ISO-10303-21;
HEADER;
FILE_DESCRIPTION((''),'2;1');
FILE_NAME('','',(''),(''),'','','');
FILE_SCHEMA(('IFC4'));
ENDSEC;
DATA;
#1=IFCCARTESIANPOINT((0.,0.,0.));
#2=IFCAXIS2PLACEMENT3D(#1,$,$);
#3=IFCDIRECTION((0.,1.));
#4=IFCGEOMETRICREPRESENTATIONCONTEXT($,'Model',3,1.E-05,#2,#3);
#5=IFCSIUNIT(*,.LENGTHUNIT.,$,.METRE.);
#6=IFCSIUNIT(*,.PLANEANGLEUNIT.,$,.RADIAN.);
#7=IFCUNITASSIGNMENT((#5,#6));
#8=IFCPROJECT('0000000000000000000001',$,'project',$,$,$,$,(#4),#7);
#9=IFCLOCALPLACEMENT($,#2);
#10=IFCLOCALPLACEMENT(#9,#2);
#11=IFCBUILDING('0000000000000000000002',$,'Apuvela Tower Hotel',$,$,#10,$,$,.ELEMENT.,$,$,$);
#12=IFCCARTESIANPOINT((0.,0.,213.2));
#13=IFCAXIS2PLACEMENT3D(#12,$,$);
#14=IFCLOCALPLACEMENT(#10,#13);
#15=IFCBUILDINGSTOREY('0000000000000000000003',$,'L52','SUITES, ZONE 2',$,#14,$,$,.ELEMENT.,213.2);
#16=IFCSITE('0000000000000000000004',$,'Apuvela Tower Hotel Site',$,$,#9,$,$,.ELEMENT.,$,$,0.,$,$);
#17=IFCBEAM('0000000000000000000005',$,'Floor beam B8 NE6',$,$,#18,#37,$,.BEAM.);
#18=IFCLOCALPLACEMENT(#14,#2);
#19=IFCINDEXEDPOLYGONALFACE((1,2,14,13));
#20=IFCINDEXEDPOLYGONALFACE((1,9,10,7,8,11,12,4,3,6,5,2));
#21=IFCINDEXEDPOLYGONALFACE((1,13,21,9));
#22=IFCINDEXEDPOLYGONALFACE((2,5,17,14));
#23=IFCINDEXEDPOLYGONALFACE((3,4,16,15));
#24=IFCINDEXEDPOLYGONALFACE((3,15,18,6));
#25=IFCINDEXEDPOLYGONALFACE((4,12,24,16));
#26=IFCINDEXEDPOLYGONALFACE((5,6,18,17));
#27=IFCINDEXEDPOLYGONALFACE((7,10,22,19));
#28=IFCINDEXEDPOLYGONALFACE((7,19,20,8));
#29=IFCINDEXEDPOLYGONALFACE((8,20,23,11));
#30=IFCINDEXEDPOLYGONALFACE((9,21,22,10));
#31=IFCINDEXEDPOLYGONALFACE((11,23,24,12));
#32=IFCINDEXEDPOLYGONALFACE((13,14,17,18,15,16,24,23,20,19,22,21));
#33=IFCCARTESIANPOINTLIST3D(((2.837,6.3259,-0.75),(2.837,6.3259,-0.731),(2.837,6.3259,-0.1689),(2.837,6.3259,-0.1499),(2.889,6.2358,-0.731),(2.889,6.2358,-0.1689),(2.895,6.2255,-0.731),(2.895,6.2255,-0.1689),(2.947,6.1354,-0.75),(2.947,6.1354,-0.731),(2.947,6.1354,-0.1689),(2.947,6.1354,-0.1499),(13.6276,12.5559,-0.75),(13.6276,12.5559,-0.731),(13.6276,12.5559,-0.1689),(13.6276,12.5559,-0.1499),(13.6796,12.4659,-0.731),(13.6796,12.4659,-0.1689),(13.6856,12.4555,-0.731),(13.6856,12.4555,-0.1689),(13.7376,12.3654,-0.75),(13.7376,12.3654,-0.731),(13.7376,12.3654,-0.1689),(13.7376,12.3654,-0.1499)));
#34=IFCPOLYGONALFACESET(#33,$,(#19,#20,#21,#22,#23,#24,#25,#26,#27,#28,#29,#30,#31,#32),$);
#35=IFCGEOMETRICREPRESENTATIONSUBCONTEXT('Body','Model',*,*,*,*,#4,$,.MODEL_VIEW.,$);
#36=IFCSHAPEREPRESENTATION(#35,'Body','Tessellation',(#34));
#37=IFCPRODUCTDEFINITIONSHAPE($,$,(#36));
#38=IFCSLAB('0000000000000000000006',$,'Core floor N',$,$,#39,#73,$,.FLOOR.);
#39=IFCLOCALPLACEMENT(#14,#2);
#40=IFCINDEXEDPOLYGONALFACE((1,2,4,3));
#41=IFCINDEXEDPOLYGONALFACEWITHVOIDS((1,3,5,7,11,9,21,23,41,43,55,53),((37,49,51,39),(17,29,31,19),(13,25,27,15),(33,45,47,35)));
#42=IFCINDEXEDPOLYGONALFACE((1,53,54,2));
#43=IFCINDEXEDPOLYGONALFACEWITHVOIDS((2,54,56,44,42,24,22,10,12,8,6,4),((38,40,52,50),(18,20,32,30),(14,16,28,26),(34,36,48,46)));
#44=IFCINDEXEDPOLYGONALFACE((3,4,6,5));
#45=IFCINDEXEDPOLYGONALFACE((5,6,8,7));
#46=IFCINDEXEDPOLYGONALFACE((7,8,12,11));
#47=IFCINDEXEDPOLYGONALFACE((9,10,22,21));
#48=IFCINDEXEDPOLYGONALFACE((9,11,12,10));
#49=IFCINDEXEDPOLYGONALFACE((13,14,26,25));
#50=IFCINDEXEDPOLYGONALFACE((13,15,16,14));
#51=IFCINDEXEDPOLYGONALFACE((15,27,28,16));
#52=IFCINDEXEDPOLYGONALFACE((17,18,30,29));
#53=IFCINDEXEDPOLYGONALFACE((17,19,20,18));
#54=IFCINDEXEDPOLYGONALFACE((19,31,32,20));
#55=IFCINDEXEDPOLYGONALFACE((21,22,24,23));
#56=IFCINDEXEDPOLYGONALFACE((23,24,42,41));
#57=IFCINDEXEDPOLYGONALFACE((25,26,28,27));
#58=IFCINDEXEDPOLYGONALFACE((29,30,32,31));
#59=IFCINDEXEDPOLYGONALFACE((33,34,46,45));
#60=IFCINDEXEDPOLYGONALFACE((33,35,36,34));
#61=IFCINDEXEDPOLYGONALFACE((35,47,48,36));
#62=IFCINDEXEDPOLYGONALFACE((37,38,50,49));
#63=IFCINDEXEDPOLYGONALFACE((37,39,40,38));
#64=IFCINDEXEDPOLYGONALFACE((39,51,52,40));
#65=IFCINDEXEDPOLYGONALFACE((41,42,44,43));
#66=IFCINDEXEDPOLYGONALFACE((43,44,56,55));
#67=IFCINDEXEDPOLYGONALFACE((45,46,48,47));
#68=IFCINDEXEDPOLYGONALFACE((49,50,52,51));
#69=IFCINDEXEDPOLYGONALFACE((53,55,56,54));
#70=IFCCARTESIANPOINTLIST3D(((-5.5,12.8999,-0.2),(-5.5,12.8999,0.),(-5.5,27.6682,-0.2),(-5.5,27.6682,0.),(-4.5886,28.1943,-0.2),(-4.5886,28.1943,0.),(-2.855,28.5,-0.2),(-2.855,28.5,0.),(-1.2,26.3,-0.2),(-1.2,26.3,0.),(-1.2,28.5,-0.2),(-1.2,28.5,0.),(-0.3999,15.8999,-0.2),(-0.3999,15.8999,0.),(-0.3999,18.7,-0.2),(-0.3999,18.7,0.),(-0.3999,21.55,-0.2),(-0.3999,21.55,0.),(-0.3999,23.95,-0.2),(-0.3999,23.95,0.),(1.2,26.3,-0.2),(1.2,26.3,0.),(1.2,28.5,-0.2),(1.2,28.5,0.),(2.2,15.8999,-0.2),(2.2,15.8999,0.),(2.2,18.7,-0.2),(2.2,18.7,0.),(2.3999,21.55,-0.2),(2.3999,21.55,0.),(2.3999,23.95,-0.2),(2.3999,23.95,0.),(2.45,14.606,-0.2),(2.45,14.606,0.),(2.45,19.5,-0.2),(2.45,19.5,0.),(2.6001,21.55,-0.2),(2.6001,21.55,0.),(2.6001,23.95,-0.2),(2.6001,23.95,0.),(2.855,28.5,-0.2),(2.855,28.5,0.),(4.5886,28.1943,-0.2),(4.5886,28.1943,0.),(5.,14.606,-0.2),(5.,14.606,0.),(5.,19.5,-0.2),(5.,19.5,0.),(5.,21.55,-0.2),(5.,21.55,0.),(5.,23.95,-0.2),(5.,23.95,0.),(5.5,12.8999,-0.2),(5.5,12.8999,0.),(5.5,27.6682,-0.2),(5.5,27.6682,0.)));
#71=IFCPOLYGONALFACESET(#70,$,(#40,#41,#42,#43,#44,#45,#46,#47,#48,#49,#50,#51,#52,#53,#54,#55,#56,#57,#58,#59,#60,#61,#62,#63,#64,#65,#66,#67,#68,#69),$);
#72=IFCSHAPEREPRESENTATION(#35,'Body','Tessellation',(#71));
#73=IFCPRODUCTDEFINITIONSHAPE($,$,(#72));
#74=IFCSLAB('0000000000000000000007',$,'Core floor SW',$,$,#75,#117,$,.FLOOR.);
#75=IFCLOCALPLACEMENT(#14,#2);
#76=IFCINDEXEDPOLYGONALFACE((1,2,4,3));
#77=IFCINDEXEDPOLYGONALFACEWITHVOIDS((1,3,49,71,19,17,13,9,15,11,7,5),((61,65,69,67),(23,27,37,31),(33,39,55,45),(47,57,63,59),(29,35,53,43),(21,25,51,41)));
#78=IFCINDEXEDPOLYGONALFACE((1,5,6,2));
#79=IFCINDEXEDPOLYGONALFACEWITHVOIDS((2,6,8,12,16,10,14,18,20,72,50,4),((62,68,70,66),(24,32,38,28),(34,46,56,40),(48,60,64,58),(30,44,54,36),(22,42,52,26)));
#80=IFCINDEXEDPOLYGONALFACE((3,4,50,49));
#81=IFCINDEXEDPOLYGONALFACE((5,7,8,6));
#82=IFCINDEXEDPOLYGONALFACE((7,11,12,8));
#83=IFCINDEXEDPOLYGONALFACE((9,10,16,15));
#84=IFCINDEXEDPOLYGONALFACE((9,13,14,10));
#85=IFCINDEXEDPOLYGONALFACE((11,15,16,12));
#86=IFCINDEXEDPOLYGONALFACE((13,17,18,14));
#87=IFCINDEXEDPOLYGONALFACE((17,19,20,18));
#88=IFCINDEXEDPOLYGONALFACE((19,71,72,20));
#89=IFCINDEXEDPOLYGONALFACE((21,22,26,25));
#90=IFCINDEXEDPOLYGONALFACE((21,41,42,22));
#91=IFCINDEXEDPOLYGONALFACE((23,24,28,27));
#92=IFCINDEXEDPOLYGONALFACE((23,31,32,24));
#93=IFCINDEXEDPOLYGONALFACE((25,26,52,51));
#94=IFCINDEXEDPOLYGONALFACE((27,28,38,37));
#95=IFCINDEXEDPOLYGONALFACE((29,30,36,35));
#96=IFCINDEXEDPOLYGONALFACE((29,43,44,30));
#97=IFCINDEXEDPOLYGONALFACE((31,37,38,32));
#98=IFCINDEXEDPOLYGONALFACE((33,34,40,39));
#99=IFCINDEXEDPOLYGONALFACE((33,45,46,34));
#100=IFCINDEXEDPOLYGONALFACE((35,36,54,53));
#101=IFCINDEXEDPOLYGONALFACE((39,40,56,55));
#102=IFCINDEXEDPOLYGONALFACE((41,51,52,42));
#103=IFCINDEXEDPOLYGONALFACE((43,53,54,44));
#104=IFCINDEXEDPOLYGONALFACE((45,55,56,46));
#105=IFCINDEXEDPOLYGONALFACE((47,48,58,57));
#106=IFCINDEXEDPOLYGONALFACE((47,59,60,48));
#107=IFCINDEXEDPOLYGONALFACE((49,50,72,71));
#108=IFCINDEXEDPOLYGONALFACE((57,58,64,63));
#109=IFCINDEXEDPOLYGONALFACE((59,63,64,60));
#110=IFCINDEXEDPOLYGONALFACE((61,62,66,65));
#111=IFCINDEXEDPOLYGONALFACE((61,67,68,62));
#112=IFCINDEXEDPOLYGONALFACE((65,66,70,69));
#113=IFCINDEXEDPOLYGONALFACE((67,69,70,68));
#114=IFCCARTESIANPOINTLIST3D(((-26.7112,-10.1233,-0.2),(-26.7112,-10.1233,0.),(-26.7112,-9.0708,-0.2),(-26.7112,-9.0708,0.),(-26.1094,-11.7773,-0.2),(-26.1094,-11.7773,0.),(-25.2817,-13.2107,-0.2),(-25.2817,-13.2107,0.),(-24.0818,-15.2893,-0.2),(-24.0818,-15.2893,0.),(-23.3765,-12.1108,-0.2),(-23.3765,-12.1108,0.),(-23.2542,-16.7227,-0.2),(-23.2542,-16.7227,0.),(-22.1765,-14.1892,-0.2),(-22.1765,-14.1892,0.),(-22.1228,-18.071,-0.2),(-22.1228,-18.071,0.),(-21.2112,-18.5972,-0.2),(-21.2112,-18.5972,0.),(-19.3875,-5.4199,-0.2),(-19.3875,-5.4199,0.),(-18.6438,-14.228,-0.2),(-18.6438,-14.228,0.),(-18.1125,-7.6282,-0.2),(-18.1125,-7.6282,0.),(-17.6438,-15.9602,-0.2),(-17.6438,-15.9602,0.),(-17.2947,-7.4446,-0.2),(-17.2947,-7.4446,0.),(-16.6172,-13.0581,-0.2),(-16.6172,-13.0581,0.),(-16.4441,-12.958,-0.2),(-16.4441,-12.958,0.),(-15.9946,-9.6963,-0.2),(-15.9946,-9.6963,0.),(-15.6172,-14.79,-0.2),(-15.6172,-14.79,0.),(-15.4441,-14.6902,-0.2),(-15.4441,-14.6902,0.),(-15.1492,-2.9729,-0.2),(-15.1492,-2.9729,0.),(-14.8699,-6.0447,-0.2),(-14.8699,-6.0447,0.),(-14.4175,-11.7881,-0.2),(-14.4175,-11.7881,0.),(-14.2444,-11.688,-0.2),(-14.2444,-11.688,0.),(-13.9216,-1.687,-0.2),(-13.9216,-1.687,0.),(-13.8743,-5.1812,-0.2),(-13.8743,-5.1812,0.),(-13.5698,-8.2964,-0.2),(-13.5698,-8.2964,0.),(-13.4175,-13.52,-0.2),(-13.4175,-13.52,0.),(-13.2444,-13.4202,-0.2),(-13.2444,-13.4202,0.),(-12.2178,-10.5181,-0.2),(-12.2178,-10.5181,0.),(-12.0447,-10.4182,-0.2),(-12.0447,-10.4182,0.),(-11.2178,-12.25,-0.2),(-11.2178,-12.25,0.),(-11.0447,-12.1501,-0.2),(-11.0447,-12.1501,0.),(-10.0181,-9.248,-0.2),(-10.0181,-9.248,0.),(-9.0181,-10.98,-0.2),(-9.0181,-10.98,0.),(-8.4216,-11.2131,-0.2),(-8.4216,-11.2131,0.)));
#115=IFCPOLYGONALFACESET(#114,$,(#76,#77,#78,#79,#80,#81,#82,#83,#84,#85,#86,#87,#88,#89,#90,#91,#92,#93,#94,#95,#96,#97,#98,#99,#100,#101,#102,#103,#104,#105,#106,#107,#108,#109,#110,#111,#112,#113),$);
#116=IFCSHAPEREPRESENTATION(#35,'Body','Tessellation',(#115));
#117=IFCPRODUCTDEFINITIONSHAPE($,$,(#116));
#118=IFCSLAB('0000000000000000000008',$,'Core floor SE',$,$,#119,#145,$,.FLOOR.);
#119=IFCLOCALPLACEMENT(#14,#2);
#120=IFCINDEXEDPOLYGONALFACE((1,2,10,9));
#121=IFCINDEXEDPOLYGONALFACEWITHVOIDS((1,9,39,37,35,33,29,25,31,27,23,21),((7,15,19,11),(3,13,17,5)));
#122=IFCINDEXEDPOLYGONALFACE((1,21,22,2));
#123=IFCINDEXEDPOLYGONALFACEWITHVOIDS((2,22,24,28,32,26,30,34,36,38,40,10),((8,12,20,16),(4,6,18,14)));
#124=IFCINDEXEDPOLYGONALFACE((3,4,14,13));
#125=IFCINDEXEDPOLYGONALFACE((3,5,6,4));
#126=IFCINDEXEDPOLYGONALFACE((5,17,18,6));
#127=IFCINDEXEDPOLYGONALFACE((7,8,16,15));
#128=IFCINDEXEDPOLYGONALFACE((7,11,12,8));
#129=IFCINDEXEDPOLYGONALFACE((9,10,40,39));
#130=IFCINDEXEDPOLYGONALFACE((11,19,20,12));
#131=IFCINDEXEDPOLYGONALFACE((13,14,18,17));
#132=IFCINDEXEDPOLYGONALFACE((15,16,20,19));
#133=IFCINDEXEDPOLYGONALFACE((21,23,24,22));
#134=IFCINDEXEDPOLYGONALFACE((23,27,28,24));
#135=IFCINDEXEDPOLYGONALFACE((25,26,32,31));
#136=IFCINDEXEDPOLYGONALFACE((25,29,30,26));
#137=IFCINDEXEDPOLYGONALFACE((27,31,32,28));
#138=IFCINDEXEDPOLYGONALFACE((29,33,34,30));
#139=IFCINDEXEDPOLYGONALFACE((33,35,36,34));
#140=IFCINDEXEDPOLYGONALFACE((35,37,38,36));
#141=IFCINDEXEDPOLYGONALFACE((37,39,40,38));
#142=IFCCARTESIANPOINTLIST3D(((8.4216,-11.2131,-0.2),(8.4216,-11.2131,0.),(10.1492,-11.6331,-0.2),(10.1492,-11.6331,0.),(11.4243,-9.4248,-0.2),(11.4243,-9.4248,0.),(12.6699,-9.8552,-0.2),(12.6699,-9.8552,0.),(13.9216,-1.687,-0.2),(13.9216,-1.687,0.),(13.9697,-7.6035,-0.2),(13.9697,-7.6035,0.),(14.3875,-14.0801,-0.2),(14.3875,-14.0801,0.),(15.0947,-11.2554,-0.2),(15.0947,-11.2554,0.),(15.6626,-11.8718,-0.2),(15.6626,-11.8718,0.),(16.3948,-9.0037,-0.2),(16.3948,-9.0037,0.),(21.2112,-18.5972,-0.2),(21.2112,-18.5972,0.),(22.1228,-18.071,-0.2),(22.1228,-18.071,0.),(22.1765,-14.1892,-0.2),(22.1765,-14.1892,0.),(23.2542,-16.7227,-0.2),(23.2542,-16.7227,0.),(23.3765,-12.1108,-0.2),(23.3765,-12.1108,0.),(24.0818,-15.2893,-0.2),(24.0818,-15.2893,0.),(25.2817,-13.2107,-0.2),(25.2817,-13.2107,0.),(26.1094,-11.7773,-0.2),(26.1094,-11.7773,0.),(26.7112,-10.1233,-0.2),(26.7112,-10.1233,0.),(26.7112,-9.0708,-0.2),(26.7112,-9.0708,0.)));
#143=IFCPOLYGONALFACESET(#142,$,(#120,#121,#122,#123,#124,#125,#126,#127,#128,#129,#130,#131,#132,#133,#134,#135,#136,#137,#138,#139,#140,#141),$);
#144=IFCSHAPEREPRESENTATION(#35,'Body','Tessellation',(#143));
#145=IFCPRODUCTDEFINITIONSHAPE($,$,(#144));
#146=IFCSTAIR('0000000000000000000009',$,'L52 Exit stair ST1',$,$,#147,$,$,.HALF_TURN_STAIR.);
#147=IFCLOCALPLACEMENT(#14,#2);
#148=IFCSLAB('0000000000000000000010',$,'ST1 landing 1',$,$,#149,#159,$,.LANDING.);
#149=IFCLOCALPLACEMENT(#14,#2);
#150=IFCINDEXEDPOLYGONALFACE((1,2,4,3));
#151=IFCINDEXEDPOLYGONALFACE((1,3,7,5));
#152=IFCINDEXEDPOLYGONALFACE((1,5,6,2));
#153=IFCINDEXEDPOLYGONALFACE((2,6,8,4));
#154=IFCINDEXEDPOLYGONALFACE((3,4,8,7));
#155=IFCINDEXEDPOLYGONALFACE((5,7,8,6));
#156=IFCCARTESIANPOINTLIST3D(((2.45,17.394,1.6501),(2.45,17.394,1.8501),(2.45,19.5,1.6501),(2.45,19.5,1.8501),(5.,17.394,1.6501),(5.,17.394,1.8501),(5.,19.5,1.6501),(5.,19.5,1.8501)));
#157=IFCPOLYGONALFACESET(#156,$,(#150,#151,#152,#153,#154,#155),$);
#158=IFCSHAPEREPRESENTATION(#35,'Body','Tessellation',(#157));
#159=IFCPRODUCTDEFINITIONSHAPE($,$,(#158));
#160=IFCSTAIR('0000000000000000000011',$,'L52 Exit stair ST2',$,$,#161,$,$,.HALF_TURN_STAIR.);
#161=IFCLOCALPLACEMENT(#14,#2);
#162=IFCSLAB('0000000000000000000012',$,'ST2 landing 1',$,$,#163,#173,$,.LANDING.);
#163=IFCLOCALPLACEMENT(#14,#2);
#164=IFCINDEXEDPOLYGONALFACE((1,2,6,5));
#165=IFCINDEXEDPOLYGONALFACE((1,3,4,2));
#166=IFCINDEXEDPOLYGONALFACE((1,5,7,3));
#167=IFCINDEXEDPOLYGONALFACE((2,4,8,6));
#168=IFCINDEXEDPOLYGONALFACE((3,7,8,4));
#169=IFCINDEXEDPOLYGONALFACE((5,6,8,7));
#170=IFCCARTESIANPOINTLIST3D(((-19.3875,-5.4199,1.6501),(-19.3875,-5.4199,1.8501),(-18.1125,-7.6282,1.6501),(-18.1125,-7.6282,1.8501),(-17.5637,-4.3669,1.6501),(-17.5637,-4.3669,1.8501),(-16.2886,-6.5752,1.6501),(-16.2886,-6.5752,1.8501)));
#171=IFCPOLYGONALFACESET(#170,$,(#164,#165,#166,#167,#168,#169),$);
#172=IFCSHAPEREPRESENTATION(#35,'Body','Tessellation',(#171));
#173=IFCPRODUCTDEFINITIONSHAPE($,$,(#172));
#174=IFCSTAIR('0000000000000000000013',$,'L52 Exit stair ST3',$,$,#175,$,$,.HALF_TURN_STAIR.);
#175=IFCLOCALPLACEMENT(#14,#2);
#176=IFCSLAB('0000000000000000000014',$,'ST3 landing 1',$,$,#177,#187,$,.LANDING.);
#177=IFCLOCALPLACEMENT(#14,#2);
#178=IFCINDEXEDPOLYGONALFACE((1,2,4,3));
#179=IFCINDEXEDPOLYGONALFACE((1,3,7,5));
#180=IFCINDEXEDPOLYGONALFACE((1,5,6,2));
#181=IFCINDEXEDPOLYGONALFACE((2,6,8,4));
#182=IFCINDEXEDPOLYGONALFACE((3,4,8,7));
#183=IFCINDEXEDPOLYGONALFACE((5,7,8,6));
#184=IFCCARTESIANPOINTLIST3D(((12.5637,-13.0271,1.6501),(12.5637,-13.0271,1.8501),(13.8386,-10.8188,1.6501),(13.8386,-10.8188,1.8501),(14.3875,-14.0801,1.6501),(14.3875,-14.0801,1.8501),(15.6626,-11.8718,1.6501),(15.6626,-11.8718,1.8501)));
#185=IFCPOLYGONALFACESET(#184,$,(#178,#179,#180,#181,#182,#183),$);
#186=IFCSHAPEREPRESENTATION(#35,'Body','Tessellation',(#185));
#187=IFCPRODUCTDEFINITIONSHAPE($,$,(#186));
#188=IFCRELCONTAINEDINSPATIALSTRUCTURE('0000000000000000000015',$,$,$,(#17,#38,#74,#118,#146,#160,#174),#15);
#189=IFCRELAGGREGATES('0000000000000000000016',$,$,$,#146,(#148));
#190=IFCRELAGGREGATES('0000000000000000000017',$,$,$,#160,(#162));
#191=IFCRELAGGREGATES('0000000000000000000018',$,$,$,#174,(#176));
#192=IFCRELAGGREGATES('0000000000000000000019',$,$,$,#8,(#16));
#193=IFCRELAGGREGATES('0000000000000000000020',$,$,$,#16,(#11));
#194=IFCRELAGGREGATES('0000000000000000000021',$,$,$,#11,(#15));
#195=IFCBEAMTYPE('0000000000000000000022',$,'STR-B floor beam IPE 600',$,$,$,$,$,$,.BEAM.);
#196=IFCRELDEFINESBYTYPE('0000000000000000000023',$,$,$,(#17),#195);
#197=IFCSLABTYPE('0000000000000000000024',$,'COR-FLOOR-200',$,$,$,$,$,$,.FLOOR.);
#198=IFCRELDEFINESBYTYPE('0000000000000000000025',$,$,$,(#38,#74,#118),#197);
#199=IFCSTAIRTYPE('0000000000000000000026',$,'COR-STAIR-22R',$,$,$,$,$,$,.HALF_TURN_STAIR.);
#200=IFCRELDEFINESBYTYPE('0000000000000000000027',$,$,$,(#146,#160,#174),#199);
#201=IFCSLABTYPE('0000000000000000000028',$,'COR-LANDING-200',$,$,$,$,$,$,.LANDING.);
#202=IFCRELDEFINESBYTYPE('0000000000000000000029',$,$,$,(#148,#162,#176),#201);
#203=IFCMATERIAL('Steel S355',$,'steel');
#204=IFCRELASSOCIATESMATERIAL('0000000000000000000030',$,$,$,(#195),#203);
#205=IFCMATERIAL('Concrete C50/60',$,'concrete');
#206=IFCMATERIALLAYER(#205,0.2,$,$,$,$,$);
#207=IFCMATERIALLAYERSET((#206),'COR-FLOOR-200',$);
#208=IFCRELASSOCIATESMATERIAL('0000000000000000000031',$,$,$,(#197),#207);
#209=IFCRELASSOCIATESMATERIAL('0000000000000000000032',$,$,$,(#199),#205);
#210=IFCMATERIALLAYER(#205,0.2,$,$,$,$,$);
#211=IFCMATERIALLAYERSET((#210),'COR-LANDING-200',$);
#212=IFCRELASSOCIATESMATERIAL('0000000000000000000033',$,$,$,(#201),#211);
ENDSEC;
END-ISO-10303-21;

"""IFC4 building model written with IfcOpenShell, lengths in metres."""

from ifc_helpers import new_model, si_unit, direction, frame, origin, origin_2d, place, context, subcontext, project, spatial, polyline, i_section, outline, extrude, material, layer, layer_set, material_profile, profile_set, type_object, element, aggregate, save


model = new_model("IFC4")

# Units and contexts
model_context = context("Model", 3, precision=1e-05, world=origin(), true_north=direction((0.0, 1.0)))
body_context = subcontext(model_context, "Body", "Model", "MODEL_VIEW")
ifc_project = project(units=[si_unit("LENGTHUNIT", "METRE"), si_unit("PLANEANGLEUNIT", "RADIAN")], contexts=[model_context])

# Site, building, storey
site_placement = place(None, origin())
site = spatial("IfcSite", under=ifc_project, at=site_placement, Name="Apuvela Tower Hotel Site", CompositionType="ELEMENT", RefElevation=0.0)
building_placement = place(site_placement, origin())
building = spatial("IfcBuilding", under=site, at=building_placement, Name="Apuvela Tower Hotel", CompositionType="ELEMENT")
storey_placement = place(building_placement, frame((0.0, 0.0, 213.2)))
storey = spatial("IfcBuildingStorey", under=building, at=storey_placement, Name="L52", Description="SUITES, ZONE 2", CompositionType="ELEMENT", Elevation=213.2)

# Beam
ifc_material_1 = material(Name="Steel S355", Category="steel")
ifc_material_profile = material_profile(ifc_material_1, i_section(OverallWidth=0.22, OverallDepth=0.6001, WebThickness=0.012, FlangeThickness=0.019, at=origin_2d()), Name="IPE 600")
ifc_profile_set = profile_set([ifc_material_profile], Name="Steel S355")
beam_type = type_object("IfcBeamType", Name="STR-B floor beam IPE 600", PredefinedType="BEAM", material=ifc_profile_set)
beam_placement = place(storey_placement, frame((13.6826, 12.4607, -0.45), z_axis=(-0.866023, -0.500004, 0.0), x_axis=(0.500004, -0.866023, 0.0)))
element("IfcBeam", 1, at=beam_placement, inside=storey, type_object=beam_type, Name="Floor beam B8 NE6", PredefinedType="BEAM", context=body_context, shape_type="SweptSolid", body=[
    extrude(i_section(OverallWidth=0.22, OverallDepth=0.6001, WebThickness=0.012, FlangeThickness=0.019, at=origin_2d()), origin(), (0.0, 0.0, 1.0), 12.46),
])

# Slabs
ifc_material_2 = material(Name="Concrete C50/60", Category="concrete")
ifc_layer_1 = layer(ifc_material_2, 0.2)
ifc_layer_set_1 = layer_set([ifc_layer_1], Name="COR-FLOOR-200")
slab_type_1 = type_object("IfcSlabType", Name="COR-FLOOR-200", PredefinedType="FLOOR", material=ifc_layer_set_1)
slab_1_placement = place(storey_placement, frame((0.0, 0.0, -0.2)))
element("IfcSlab", 2, at=slab_1_placement, inside=storey, type_object=slab_type_1, Name="Core floor N", PredefinedType="FLOOR", context=body_context, shape_type="SweptSolid", body=[
    extrude(outline(polyline([(5.5, 27.6682), (4.5886, 28.1943), (2.855, 28.5), (1.2, 28.5), (1.2, 26.3), (-1.2, 26.3), (-1.2, 28.5), (-2.855, 28.5), (-4.5886, 28.1943), (-5.5, 27.6682), (-5.5, 12.8999), (5.5, 12.8999), (5.5, 27.6682)]), holes=[polyline([(5.0, 14.606), (2.45, 14.606), (2.45, 19.5), (5.0, 19.5), (5.0, 14.606)]), polyline([(2.2, 15.8999), (-0.3999, 15.8999), (-0.3999, 18.7), (2.2, 18.7), (2.2, 15.8999)]), polyline([(5.0, 21.55), (2.6001, 21.55), (2.6001, 23.95), (5.0, 23.95), (5.0, 21.55)]), polyline([(2.3999, 21.55), (-0.3999, 21.55), (-0.3999, 23.95), (2.3999, 23.95), (2.3999, 21.55)])]), origin(), (0.0, 0.0, 1.0), 0.2),
])
slab_2_placement = place(storey_placement, frame((0.0, 0.0, -0.2)))
element("IfcSlab", 3, at=slab_2_placement, inside=storey, type_object=slab_type_1, Name="Core floor SW", PredefinedType="FLOOR", context=body_context, shape_type="SweptSolid", body=[
    extrude(outline(polyline([(-26.7112, -9.0708), (-26.7112, -10.1233), (-26.1094, -11.7773), (-25.2817, -13.2107), (-23.3765, -12.1108), (-22.1765, -14.1892), (-24.0818, -15.2893), (-23.2542, -16.7227), (-22.1228, -18.071), (-21.2112, -18.5972), (-8.4216, -11.2131), (-13.9216, -1.687), (-26.7112, -9.0708)]), holes=[polyline([(-10.0181, -9.248), (-9.0181, -10.98), (-11.0447, -12.1501), (-12.0447, -10.4182), (-10.0181, -9.248)]), polyline([(-14.2444, -11.688), (-12.2178, -10.5181), (-11.2178, -12.25), (-13.2444, -13.4202), (-14.2444, -11.688)]), polyline([(-19.3875, -5.4199), (-15.1492, -2.9729), (-13.8743, -5.1812), (-18.1125, -7.6282), (-19.3875, -5.4199)]), polyline([(-14.8699, -6.0447), (-13.5698, -8.2964), (-15.9946, -9.6963), (-17.2947, -7.4446), (-14.8699, -6.0447)]), polyline([(-16.4441, -12.958), (-14.4175, -11.7881), (-13.4175, -13.52), (-15.4441, -14.6902), (-16.4441, -12.958)]), polyline([(-18.6438, -14.228), (-16.6172, -13.0581), (-15.6172, -14.79), (-17.6438, -15.9602), (-18.6438, -14.228)])]), origin(), (0.0, 0.0, 1.0), 0.2),
])
slab_3_placement = place(storey_placement, frame((0.0, 0.0, -0.2)))
element("IfcSlab", 4, at=slab_3_placement, inside=storey, type_object=slab_type_1, Name="Core floor SE", PredefinedType="FLOOR", context=body_context, shape_type="SweptSolid", body=[
    extrude(outline(polyline([(21.2112, -18.5972), (22.1228, -18.071), (23.2542, -16.7227), (24.0818, -15.2893), (22.1765, -14.1892), (23.3765, -12.1108), (25.2817, -13.2107), (26.1094, -11.7773), (26.7112, -10.1233), (26.7112, -9.0708), (13.9216, -1.687), (8.4216, -11.2131), (21.2112, -18.5972)]), holes=[polyline([(11.4243, -9.4248), (15.6626, -11.8718), (14.3875, -14.0801), (10.1492, -11.6331), (11.4243, -9.4248)]), polyline([(13.9697, -7.6035), (16.3948, -9.0037), (15.0947, -11.2554), (12.6699, -9.8552), (13.9697, -7.6035)])]), origin(), (0.0, 0.0, 1.0), 0.2),
])

# Stairs, slabs
stair_type = type_object("IfcStairType", Name="COR-STAIR-22R", PredefinedType="HALF_TURN_STAIR", material=ifc_material_2)
stair_1_placement = place(storey_placement, origin())
stair_1 = element("IfcStair", 5, at=stair_1_placement, inside=storey, type_object=stair_type, Name="L52 Exit stair ST1", PredefinedType="HALF_TURN_STAIR")
ifc_layer_2 = layer(ifc_material_2, 0.2)
ifc_layer_set_2 = layer_set([ifc_layer_2], Name="COR-LANDING-200")
slab_type_2 = type_object("IfcSlabType", Name="COR-LANDING-200", PredefinedType="LANDING", material=ifc_layer_set_2)
slab_4_placement = place(storey_placement, frame((0.0, 0.0, 1.6501)))
slab_4 = element("IfcSlab", 6, at=slab_4_placement, type_object=slab_type_2, Name="ST1 landing 1", PredefinedType="LANDING", context=body_context, shape_type="SweptSolid", body=[
    extrude(outline(polyline([(5.0, 17.394), (5.0, 19.5), (2.45, 19.5), (2.45, 17.394), (5.0, 17.394)])), origin(), (0.0, 0.0, 1.0), 0.2),
])
aggregate(stair_1, [slab_4])
stair_2_placement = place(storey_placement, origin())
stair_2 = element("IfcStair", 7, at=stair_2_placement, inside=storey, type_object=stair_type, Name="L52 Exit stair ST2", PredefinedType="HALF_TURN_STAIR")
slab_5_placement = place(storey_placement, frame((0.0, 0.0, 1.6501)))
slab_5 = element("IfcSlab", 8, at=slab_5_placement, type_object=slab_type_2, Name="ST2 landing 1", PredefinedType="LANDING", context=body_context, shape_type="SweptSolid", body=[
    extrude(outline(polyline([(-17.5637, -4.3669), (-19.3875, -5.4199), (-18.1125, -7.6282), (-16.2886, -6.5752), (-17.5637, -4.3669)])), origin(), (0.0, 0.0, 1.0), 0.2),
])
aggregate(stair_2, [slab_5])
stair_3_placement = place(storey_placement, origin())
stair_3 = element("IfcStair", 9, at=stair_3_placement, inside=storey, type_object=stair_type, Name="L52 Exit stair ST3", PredefinedType="HALF_TURN_STAIR")
slab_6_placement = place(storey_placement, frame((0.0, 0.0, 1.6501)))
slab_6 = element("IfcSlab", 10, at=slab_6_placement, type_object=slab_type_2, Name="ST3 landing 1", PredefinedType="LANDING", context=body_context, shape_type="SweptSolid", body=[
    extrude(outline(polyline([(12.5637, -13.0271), (14.3875, -14.0801), (15.6626, -11.8718), (13.8386, -10.8188), (12.5637, -13.0271)])), origin(), (0.0, 0.0, 1.0), 0.2),
])
aggregate(stair_3, [slab_6])

save(model, "model.ifc")
